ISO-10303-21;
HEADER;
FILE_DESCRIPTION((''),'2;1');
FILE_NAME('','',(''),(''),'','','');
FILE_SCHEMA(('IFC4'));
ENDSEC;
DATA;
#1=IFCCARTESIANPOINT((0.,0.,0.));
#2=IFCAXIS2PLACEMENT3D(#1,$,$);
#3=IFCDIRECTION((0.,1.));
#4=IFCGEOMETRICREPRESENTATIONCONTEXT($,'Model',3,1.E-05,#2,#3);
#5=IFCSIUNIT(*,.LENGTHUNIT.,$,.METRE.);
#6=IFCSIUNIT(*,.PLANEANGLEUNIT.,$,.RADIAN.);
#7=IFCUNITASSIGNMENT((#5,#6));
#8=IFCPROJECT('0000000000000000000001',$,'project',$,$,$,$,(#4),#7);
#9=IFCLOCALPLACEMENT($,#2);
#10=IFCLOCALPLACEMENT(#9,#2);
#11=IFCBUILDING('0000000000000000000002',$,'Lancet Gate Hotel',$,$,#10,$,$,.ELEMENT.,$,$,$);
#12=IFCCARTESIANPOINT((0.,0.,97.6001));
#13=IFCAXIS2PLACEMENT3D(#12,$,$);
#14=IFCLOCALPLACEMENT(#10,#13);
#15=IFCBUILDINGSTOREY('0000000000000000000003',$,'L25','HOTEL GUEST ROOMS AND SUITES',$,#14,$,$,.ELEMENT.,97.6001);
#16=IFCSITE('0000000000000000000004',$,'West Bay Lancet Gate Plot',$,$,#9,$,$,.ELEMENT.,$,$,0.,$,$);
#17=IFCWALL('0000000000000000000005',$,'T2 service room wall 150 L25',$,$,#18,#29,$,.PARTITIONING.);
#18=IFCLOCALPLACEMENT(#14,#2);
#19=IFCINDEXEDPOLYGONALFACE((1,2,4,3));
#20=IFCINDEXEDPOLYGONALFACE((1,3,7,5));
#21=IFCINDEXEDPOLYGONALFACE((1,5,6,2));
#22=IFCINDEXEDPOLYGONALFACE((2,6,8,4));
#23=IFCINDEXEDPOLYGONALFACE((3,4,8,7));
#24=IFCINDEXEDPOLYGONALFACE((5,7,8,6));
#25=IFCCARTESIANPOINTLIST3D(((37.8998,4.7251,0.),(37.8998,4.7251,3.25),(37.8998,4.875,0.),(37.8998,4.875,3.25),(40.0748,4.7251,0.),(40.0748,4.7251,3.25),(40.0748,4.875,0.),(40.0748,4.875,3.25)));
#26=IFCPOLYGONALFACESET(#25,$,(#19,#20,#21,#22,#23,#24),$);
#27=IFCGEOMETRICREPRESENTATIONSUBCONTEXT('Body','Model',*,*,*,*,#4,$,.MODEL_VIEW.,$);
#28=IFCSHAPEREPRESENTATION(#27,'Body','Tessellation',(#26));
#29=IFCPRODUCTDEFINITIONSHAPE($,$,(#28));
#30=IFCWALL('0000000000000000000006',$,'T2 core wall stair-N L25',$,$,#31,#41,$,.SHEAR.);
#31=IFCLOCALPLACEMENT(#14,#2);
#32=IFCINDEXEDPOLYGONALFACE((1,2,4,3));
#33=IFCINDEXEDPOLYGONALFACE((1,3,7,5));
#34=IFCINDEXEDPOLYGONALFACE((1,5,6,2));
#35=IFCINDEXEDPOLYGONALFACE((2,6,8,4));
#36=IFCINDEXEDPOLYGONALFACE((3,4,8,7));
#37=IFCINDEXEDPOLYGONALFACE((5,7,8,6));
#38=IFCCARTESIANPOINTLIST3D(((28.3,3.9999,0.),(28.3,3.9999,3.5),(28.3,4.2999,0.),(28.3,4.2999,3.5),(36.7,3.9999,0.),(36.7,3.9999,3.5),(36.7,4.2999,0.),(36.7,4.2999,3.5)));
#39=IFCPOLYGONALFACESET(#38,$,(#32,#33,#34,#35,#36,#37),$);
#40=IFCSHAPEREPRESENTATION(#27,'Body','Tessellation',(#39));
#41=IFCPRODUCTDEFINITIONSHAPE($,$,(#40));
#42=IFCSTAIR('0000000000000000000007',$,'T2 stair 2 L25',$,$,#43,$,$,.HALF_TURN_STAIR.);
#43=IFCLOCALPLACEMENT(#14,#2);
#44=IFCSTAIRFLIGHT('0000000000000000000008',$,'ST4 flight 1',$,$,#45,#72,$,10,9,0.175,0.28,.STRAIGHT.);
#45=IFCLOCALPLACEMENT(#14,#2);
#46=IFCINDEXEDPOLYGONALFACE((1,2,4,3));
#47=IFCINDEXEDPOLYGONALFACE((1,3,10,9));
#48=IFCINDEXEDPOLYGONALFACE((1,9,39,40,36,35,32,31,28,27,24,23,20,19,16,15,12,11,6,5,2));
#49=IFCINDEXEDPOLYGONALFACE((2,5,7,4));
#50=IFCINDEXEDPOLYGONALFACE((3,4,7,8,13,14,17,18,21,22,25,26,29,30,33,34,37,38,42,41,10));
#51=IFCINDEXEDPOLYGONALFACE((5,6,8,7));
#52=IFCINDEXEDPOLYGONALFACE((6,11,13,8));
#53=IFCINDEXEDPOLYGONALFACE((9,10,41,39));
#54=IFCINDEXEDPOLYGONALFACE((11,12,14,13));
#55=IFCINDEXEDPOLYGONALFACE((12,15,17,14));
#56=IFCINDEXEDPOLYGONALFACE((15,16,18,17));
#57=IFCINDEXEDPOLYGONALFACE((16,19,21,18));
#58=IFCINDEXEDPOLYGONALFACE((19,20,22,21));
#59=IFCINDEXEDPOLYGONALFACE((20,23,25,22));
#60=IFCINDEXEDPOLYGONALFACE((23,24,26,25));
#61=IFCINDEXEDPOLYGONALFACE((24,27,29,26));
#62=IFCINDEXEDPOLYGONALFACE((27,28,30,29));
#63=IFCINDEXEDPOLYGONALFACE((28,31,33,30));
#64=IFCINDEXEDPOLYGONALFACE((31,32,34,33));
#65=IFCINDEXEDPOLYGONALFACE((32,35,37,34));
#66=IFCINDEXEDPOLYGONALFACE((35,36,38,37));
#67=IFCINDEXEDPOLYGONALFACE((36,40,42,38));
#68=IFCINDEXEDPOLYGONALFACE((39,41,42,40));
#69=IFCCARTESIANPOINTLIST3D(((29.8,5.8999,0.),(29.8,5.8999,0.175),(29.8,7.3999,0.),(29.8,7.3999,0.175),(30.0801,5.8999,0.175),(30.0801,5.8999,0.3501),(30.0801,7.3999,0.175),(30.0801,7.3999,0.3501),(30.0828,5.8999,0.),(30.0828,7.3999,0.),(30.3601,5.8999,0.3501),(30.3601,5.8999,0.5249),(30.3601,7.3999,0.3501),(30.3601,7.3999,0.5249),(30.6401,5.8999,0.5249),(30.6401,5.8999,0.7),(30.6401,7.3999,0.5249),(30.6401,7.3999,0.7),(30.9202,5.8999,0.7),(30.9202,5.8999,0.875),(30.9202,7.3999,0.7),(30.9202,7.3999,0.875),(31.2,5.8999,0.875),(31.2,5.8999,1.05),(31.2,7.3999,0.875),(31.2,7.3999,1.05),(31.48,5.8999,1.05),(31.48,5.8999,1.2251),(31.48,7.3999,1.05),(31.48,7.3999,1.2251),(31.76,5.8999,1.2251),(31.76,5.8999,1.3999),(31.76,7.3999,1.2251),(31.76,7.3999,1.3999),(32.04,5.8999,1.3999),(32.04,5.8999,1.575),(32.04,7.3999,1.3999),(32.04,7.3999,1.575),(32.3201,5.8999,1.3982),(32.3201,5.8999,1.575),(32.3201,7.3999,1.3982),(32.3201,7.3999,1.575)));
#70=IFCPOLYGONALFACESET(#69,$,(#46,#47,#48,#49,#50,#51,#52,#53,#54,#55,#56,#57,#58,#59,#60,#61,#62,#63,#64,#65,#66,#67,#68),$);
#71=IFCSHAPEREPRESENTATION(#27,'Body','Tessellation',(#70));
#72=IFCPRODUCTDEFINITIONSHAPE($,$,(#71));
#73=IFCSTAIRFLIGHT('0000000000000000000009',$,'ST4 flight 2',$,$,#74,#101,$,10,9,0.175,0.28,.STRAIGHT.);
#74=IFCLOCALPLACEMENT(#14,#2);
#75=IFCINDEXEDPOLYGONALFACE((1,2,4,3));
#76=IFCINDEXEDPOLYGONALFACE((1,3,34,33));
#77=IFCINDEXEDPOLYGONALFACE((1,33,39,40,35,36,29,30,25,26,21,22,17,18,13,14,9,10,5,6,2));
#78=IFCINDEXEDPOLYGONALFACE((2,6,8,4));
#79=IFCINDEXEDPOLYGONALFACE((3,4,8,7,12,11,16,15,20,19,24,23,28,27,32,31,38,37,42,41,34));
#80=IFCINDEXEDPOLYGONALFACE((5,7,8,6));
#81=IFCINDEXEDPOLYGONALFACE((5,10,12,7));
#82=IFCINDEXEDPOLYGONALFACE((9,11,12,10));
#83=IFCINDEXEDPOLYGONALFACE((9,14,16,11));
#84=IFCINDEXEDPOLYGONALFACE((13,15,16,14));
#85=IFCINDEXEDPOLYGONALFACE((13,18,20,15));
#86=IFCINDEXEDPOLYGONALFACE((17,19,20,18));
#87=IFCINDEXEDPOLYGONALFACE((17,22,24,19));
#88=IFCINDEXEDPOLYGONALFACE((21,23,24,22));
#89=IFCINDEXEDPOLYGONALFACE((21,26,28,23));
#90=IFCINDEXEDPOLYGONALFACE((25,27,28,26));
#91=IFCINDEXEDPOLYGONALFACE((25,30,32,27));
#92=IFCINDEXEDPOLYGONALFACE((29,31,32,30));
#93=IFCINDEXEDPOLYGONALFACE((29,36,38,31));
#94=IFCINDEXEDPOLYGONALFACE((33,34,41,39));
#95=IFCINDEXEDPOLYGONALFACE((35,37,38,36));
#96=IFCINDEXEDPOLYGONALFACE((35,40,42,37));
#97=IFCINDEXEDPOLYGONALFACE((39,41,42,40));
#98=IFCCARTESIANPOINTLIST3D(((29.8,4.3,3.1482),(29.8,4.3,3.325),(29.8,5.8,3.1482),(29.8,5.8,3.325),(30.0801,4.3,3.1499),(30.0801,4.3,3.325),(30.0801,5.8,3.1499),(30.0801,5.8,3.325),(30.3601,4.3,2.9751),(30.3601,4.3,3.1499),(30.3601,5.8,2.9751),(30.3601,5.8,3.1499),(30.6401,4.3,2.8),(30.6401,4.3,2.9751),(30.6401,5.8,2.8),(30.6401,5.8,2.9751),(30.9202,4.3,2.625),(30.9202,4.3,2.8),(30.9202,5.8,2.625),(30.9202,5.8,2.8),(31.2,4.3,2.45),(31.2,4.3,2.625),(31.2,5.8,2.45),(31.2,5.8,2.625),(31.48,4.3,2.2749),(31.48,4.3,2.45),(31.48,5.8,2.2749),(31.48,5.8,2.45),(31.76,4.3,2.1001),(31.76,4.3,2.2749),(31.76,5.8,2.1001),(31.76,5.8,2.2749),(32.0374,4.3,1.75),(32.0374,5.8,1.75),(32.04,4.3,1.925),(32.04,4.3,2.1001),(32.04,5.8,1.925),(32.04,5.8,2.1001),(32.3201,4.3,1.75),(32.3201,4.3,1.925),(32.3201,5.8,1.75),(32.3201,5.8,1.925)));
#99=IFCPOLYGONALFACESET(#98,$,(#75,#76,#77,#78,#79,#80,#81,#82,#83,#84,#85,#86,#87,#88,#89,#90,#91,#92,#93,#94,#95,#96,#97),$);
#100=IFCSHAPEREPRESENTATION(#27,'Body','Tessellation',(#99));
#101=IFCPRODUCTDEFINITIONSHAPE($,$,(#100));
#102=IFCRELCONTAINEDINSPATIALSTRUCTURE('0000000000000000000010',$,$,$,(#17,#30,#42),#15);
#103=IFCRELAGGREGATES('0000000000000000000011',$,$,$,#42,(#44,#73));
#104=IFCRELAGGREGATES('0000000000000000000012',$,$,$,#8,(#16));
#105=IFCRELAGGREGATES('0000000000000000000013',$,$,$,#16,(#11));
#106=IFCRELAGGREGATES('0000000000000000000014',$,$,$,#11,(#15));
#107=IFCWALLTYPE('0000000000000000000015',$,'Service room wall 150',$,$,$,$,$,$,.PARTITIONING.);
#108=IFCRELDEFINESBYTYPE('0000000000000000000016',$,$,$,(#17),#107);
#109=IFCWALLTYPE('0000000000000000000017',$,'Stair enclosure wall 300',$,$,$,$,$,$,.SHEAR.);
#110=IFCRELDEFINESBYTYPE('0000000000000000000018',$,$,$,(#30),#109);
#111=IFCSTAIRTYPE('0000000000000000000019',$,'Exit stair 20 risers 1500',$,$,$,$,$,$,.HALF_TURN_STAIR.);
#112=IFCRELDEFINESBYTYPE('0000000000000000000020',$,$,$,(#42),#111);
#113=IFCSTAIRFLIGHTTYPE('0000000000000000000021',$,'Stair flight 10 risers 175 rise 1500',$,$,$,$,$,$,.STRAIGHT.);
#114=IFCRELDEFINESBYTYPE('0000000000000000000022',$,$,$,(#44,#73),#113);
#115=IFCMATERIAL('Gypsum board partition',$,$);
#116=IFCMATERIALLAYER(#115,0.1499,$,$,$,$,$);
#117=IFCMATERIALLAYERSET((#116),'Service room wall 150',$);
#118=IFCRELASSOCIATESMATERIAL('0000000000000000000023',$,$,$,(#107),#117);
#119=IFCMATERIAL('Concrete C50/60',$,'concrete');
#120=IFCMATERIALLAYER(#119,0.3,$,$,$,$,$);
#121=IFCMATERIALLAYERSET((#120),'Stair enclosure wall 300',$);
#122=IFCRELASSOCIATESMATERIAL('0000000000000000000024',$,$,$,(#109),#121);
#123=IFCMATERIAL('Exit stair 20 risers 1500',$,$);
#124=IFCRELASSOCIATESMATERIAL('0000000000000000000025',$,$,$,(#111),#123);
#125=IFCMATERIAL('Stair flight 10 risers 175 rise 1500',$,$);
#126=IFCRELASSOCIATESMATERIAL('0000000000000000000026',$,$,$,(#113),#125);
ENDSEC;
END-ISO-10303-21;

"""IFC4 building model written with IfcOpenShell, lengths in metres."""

from ifc_helpers import new_model, si_unit, direction, frame, frame_2d, origin, place, context, subcontext, project, spatial, polyline, rectangle, outline, extrude, material, layer, layer_set, type_object, element, aggregate, save


model = new_model("IFC4")

# Units and contexts
model_context = context("Model", 3, precision=1e-05, world=origin(), true_north=direction((0.0, 1.0)))
body_context = subcontext(model_context, "Body", "Model", "MODEL_VIEW")
ifc_project = project(units=[si_unit("LENGTHUNIT", "METRE"), si_unit("PLANEANGLEUNIT", "RADIAN")], contexts=[model_context])

# Site, building, storey
site_placement = place(None, origin())
site = spatial("IfcSite", under=ifc_project, at=site_placement, Name="West Bay Lancet Gate Plot", CompositionType="ELEMENT", RefElevation=0.0)
building_placement = place(site_placement, origin())
building = spatial("IfcBuilding", under=site, at=building_placement, Name="Lancet Gate Hotel", CompositionType="ELEMENT")
storey_placement = place(building_placement, frame((0.0, 0.0, 97.6001)))
storey = spatial("IfcBuildingStorey", under=building, at=storey_placement, Name="L25", Description="HOTEL GUEST ROOMS AND SUITES", CompositionType="ELEMENT", Elevation=97.6001)

# Walls
ifc_material_1 = material(Name="Gypsum board partition")
ifc_layer_1 = layer(ifc_material_1, 0.1499)
ifc_layer_set_1 = layer_set([ifc_layer_1], Name="Service room wall 150")
wall_type_1 = type_object("IfcWallType", Name="Service room wall 150", PredefinedType="PARTITIONING", material=ifc_layer_set_1)
for number, where, z_axis, x_axis, name in (
    (1, (37.8999, 4.8, 0.0), (0.0, 0.0, 1.0), (1.0, 0.0, 0.0), "T2 service room wall 150 L25"),
):
    element("IfcWall", number, at=place(storey_placement, frame(where, z_axis=z_axis, x_axis=x_axis)), inside=storey, type_object=wall_type_1, Name=name, PredefinedType="PARTITIONING", context=body_context, shape_type="SweptSolid", body=[
        extrude(rectangle(XDim=2.175, YDim=0.1499, at=frame_2d((1.0874, 0.0))), origin(), (0.0, 0.0, 1.0), 3.25),
    ])
ifc_material_2 = material(Name="Concrete C50/60", Category="concrete")
ifc_layer_2 = layer(ifc_material_2, 0.3)
ifc_layer_set_2 = layer_set([ifc_layer_2], Name="Stair enclosure wall 300")
wall_type_2 = type_object("IfcWallType", Name="Stair enclosure wall 300", PredefinedType="SHEAR", material=ifc_layer_set_2)
wall_1_placement = place(storey_placement, frame((28.3, 4.1499, 0.0), z_axis=(0.0, 0.0, 1.0), x_axis=(1.0, 0.0, 0.0)))
element("IfcWall", 2, at=wall_1_placement, inside=storey, type_object=wall_type_2, Name="T2 core wall stair-N L25", PredefinedType="SHEAR", context=body_context, shape_type="SweptSolid", body=[
    extrude(rectangle(XDim=8.3999, YDim=0.3, at=frame_2d((4.2, 0.0))), origin(), (0.0, 0.0, 1.0), 3.5),
])

# Stair, stair flights
ifc_material_3 = material(Name="Exit stair 20 risers 1500")
stair_type = type_object("IfcStairType", Name="Exit stair 20 risers 1500", PredefinedType="HALF_TURN_STAIR", material=ifc_material_3)
stair_placement = place(storey_placement, origin())
stair = element("IfcStair", 3, at=stair_placement, inside=storey, type_object=stair_type, Name="T2 stair 2 L25", PredefinedType="HALF_TURN_STAIR")
ifc_material_4 = material(Name="Stair flight 10 risers 175 rise 1500")
stair_flight_type = type_object("IfcStairFlightType", Name="Stair flight 10 risers 175 rise 1500", PredefinedType="STRAIGHT", material=ifc_material_4)
stair_flight_1_placement = place(storey_placement, frame((29.8, 6.6499, 0.0), z_axis=(0.0, 0.0, 1.0), x_axis=(1.0, 0.0, 0.0)))
stair_flight_1 = element("IfcStairFlight", 4, at=stair_flight_1_placement, type_object=stair_flight_type, Name="ST4 flight 1", NumberOfRisers=10, NumberOfTreads=9, PredefinedType="STRAIGHT", RiserHeight=0.175, TreadLength=0.28, context=body_context, shape_type="SweptSolid", body=[
    extrude(outline(polyline([(0.0, 0.0), (0.0, 0.175), (0.28, 0.175), (0.28, 0.3501), (0.5601, 0.3501), (0.5601, 0.5249), (0.8401, 0.5249), (0.8401, 0.7), (1.1201, 0.7), (1.1201, 0.875), (1.3999, 0.875), (1.3999, 1.05), (1.6799, 1.05), (1.6799, 1.2251), (1.96, 1.2251), (1.96, 1.3999), (2.24, 1.3999), (2.24, 1.575), (2.52, 1.575), (2.52, 1.75), (2.52, 1.3982), (0.2827, 0.0), (0.0, 0.0)])), frame((0.0, 0.75, 0.0), z_axis=(0.0, -1.0, 0.0), x_axis=(1.0, 0.0, 0.0)), (0.0, 0.0, 1.0), 1.5),
])
stair_flight_2_placement = place(storey_placement, frame((32.3201, 5.05, 1.75), z_axis=(0.0, 0.0, 1.0), x_axis=(-1.0, 0.0, 0.0)))
stair_flight_2 = element("IfcStairFlight", 5, at=stair_flight_2_placement, type_object=stair_flight_type, Name="ST4 flight 2", NumberOfRisers=10, NumberOfTreads=9, PredefinedType="STRAIGHT", RiserHeight=0.175, TreadLength=0.28, context=body_context, shape_type="SweptSolid", body=[
    extrude(outline(polyline([(0.0, 0.0), (0.0, 0.175), (0.28, 0.175), (0.28, 0.3501), (0.5601, 0.3501), (0.5601, 0.5249), (0.8401, 0.5249), (0.8401, 0.7), (1.1201, 0.7), (1.1201, 0.875), (1.3999, 0.875), (1.3999, 1.05), (1.6799, 1.05), (1.6799, 1.2251), (1.96, 1.2251), (1.96, 1.3999), (2.24, 1.3999), (2.24, 1.575), (2.52, 1.575), (2.52, 1.75), (2.52, 1.3982), (0.2827, 0.0), (0.0, 0.0)])), frame((0.0, 0.75, 0.0), z_axis=(0.0, -1.0, 0.0), x_axis=(1.0, 0.0, 0.0)), (0.0, 0.0, 1.0), 1.5),
])
aggregate(stair, [stair_flight_1, stair_flight_2])

save(model, "model.ifc")
